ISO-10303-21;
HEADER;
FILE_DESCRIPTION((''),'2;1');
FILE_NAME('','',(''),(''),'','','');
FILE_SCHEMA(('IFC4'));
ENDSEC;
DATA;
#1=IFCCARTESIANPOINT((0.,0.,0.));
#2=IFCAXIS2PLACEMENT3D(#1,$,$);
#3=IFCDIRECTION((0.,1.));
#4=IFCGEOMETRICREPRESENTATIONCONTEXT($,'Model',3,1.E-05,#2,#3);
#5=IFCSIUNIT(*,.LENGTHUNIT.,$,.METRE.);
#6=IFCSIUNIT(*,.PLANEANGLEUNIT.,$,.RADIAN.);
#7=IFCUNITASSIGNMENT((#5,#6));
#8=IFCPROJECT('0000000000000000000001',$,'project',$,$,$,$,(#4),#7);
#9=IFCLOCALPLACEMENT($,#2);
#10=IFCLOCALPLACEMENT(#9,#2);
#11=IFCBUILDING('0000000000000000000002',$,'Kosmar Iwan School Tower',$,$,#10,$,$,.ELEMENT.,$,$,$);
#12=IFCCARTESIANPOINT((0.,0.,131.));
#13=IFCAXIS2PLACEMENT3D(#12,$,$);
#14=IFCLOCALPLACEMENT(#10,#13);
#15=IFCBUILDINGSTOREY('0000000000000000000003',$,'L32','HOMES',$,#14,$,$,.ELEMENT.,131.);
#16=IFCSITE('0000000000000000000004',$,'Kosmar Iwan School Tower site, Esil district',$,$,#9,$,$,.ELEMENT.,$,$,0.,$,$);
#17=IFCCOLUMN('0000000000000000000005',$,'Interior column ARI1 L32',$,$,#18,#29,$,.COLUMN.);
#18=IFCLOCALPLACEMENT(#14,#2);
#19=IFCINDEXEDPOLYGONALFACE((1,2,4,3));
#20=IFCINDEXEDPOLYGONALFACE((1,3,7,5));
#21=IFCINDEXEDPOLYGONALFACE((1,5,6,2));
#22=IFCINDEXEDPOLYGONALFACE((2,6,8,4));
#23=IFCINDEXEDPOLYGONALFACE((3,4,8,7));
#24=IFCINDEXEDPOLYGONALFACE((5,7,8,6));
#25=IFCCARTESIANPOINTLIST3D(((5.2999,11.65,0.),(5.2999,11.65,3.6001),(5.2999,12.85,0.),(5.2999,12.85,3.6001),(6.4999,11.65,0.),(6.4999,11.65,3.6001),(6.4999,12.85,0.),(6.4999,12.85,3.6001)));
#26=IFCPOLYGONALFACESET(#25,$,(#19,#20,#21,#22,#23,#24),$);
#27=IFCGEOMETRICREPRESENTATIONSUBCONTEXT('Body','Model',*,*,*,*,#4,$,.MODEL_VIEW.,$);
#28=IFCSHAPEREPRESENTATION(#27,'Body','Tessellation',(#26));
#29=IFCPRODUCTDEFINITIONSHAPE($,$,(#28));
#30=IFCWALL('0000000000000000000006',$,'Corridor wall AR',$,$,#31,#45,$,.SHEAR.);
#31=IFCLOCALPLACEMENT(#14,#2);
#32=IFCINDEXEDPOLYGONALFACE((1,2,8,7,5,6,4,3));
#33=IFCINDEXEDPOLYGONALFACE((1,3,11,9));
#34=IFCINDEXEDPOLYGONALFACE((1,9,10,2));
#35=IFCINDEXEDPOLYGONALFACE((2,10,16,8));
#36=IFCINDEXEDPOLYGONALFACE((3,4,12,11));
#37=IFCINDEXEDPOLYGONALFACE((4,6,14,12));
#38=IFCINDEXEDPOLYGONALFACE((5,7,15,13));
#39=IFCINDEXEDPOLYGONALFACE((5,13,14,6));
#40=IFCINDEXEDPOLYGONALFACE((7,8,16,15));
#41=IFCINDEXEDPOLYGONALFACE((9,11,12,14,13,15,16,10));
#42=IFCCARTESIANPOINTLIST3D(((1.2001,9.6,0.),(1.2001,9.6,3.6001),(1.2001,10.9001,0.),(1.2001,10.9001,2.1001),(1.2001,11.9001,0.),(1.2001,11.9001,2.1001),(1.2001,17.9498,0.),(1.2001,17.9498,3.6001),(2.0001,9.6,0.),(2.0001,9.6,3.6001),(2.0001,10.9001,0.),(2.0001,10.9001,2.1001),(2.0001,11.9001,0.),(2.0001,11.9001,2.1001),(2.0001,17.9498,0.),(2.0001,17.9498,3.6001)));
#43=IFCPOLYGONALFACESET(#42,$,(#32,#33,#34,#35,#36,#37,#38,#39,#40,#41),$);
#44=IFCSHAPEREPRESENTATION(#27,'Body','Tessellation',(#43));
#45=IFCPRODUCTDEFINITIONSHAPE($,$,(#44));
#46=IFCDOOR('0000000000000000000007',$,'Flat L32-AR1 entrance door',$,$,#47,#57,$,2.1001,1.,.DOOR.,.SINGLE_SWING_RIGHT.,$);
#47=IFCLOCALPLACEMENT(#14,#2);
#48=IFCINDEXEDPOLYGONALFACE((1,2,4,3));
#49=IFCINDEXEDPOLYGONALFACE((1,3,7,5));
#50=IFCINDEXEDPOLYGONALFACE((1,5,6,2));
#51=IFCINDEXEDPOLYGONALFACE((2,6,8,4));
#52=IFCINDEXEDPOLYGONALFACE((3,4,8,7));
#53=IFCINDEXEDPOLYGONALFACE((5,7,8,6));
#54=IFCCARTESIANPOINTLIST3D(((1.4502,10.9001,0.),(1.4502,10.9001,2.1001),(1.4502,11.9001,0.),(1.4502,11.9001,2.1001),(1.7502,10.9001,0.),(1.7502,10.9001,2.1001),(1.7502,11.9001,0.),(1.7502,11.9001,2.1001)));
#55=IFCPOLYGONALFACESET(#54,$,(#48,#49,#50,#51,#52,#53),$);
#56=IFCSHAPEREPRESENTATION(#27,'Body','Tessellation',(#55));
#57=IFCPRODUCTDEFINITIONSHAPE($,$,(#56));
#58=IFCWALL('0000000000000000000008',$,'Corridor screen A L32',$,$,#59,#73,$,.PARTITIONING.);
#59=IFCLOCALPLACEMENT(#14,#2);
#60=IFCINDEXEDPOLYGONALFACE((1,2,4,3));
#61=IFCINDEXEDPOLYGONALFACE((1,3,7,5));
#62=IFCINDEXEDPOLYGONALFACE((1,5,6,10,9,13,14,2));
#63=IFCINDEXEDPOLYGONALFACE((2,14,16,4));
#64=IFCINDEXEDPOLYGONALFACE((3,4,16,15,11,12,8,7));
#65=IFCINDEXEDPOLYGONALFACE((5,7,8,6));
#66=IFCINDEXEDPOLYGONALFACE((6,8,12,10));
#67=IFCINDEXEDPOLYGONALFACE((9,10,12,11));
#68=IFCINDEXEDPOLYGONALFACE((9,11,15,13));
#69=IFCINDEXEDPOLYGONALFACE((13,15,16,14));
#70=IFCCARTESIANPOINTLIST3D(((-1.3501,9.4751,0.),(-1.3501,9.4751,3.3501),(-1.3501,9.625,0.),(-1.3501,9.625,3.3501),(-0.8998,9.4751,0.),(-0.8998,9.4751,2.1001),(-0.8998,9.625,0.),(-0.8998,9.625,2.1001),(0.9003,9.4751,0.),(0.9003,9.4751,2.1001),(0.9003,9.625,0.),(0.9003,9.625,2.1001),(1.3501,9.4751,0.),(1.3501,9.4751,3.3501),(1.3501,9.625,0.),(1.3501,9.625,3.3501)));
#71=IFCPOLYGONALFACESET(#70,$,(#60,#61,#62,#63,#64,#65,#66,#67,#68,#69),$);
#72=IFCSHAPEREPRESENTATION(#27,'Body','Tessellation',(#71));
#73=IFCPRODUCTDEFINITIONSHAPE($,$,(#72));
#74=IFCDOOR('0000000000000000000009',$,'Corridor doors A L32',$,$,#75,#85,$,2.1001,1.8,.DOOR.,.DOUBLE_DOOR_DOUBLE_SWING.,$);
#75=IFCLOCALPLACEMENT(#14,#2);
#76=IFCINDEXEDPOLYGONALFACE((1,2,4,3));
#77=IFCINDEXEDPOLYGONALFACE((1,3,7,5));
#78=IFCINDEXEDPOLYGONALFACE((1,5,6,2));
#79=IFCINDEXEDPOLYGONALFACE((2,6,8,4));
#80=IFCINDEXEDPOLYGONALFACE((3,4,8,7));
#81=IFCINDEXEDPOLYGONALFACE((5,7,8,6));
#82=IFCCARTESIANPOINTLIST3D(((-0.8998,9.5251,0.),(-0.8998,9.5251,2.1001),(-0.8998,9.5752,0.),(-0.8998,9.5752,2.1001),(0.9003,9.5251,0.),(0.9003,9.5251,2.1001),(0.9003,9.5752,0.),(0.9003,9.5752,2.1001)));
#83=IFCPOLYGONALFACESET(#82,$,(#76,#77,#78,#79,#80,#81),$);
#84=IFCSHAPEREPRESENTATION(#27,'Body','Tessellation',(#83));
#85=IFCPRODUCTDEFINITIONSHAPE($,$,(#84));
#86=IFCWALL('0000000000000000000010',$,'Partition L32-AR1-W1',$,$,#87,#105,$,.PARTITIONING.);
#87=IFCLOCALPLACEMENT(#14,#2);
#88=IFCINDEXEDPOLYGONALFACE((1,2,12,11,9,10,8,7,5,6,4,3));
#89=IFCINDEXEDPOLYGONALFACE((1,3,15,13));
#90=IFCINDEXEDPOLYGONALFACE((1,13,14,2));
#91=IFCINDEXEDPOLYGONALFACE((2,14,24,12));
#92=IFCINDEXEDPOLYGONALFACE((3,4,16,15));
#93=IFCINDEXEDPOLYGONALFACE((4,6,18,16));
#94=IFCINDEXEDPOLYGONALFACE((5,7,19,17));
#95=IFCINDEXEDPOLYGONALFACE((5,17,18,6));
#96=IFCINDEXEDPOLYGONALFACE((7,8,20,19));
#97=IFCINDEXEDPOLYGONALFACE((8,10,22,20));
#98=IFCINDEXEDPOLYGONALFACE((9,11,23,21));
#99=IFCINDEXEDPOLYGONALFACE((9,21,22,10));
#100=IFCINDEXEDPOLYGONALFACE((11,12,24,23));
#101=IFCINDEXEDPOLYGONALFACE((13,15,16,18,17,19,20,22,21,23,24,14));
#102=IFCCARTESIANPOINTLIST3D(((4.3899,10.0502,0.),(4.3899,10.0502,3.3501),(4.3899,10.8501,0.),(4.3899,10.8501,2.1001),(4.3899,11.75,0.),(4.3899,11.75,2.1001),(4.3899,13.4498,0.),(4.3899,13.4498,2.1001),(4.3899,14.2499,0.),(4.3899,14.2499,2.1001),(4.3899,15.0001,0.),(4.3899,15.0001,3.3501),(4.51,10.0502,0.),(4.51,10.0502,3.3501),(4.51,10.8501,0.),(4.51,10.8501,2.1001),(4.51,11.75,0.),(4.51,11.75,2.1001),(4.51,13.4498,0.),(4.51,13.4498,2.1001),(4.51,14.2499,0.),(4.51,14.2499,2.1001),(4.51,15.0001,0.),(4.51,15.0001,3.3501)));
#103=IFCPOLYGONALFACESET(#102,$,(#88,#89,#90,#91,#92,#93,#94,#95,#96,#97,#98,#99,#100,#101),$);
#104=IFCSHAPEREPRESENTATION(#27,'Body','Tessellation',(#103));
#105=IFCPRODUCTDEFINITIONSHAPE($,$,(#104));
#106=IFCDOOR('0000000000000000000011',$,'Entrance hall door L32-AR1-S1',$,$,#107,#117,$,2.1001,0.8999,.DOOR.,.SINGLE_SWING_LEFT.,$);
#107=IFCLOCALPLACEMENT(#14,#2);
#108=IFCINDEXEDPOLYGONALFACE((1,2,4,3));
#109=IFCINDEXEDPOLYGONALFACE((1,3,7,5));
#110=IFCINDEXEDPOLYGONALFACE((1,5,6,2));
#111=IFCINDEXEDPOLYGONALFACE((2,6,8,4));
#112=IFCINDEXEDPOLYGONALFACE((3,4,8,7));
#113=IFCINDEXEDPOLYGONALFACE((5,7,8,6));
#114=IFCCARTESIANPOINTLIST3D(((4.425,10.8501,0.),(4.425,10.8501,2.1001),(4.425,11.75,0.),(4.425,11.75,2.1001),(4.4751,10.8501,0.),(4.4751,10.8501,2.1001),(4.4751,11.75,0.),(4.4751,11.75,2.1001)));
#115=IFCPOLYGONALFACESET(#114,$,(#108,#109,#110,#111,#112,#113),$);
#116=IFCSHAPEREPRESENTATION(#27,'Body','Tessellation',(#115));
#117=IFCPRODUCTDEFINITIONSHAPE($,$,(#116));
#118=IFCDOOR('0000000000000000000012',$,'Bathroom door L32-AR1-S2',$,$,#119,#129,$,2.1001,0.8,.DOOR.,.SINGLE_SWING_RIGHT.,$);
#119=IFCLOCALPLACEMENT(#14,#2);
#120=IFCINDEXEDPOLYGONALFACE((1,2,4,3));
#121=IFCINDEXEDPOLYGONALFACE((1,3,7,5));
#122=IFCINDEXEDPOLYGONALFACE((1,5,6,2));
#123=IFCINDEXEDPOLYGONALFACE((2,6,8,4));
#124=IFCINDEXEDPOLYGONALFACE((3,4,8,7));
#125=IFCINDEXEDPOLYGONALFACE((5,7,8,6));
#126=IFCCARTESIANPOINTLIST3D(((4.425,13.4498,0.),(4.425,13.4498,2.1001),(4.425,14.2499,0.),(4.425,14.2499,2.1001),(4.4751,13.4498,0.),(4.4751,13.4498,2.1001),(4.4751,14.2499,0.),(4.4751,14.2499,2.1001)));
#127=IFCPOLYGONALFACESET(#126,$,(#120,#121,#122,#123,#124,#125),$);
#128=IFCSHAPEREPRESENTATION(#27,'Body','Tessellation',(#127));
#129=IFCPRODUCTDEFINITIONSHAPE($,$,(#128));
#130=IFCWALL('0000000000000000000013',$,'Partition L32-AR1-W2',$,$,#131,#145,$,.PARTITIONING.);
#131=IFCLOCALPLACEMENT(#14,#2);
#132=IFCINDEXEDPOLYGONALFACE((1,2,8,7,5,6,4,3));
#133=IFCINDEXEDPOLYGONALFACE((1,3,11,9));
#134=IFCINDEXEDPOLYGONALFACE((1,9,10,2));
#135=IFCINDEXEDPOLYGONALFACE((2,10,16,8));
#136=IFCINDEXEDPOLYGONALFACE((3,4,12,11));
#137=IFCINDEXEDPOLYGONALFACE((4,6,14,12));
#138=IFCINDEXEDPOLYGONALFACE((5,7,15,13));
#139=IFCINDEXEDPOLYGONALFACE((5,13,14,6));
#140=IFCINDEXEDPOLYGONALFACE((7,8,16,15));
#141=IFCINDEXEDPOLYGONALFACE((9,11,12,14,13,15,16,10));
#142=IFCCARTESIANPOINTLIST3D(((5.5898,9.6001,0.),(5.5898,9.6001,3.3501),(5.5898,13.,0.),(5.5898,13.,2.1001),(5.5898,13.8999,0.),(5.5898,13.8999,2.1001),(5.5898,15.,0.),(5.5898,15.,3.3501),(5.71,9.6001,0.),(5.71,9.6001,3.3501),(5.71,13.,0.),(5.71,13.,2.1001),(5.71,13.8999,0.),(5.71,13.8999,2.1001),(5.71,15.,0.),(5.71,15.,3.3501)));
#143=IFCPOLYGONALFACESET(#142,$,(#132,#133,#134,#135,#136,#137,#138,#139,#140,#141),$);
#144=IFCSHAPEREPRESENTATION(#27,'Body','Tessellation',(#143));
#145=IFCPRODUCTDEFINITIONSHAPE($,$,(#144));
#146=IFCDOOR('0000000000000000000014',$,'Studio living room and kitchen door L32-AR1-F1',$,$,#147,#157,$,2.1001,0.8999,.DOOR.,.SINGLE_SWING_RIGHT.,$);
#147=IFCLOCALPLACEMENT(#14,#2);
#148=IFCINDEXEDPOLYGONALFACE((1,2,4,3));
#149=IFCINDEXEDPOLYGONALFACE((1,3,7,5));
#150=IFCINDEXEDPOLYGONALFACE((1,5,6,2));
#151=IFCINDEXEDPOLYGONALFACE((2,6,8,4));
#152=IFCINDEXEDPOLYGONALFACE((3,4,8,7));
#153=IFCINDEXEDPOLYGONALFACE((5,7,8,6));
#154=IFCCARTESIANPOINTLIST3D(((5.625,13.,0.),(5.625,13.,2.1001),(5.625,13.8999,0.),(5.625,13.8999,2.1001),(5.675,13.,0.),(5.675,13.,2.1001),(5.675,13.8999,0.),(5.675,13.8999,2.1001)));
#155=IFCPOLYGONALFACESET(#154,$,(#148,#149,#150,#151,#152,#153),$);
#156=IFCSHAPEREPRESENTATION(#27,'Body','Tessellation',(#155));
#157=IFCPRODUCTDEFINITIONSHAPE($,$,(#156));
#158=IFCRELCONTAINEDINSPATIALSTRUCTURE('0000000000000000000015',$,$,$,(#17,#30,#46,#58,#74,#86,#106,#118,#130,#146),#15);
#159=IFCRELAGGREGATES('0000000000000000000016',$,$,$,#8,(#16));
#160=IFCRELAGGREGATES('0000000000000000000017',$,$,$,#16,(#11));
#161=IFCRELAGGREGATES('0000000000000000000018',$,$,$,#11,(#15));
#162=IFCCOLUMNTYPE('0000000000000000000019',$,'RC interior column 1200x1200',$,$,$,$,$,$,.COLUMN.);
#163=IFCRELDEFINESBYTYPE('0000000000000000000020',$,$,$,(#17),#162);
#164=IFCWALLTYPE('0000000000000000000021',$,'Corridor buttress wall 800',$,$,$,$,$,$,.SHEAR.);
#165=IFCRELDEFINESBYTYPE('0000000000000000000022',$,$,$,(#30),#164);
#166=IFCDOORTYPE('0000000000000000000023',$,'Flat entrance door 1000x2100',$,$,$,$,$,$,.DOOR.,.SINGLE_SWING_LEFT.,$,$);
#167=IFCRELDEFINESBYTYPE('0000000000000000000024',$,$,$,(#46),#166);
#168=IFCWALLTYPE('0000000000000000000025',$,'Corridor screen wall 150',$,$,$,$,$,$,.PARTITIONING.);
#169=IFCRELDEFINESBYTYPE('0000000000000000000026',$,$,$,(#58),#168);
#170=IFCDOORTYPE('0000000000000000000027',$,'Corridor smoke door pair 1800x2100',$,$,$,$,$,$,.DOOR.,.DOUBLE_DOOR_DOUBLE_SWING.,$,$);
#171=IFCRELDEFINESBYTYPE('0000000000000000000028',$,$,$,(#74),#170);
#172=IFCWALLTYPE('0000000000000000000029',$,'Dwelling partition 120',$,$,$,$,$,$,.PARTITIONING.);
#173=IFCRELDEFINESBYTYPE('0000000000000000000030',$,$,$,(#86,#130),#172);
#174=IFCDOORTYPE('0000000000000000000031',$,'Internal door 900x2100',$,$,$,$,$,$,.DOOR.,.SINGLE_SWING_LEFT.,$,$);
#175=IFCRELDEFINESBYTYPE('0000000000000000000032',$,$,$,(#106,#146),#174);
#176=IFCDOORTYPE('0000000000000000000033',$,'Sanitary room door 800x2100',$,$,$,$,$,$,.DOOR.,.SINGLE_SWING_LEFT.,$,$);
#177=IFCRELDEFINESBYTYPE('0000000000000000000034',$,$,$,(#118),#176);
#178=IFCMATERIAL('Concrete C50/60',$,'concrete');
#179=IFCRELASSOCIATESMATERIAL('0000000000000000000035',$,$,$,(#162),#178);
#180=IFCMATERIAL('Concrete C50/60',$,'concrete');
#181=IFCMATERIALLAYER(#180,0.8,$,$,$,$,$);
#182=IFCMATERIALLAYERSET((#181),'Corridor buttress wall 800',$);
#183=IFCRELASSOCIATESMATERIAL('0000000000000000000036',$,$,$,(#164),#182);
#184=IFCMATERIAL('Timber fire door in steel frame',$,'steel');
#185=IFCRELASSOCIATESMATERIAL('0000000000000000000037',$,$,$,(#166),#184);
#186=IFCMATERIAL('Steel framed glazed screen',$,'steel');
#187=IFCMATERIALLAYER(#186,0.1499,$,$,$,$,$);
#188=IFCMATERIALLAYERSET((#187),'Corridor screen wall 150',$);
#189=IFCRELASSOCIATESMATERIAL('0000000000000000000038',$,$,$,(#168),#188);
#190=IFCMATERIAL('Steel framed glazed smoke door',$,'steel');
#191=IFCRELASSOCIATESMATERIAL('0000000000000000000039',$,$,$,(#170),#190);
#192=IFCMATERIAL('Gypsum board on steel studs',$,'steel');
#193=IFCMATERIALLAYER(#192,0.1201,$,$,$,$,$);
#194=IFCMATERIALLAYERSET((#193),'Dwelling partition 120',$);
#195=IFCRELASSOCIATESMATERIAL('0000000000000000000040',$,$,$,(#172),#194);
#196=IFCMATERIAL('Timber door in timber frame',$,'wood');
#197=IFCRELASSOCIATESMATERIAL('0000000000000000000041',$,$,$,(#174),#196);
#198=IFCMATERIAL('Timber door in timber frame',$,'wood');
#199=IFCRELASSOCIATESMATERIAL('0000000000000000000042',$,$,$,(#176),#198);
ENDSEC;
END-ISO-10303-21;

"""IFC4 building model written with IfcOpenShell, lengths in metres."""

from ifc_helpers import new_model, si_unit, direction, frame, frame_2d, origin, origin_2d, place, context, subcontext, project, spatial, rectangle, extrude, material, layer, layer_set, material_profile, profile_set, type_object, element, fill, save


model = new_model("IFC4")

# Units and contexts
model_context = context("Model", 3, precision=1e-05, world=origin(), true_north=direction((0.0, 1.0)))
body_context = subcontext(model_context, "Body", "Model", "MODEL_VIEW")
ifc_project = project(units=[si_unit("LENGTHUNIT", "METRE"), si_unit("PLANEANGLEUNIT", "RADIAN")], contexts=[model_context])

# Site, building, storey
site_placement = place(None, origin())
site = spatial("IfcSite", under=ifc_project, at=site_placement, Name="Kosmar Iwan School Tower site, Esil district", CompositionType="ELEMENT", RefElevation=0.0)
building_placement = place(site_placement, origin())
building = spatial("IfcBuilding", under=site, at=building_placement, Name="Kosmar Iwan School Tower", CompositionType="ELEMENT")
storey_placement = place(building_placement, frame((0.0, 0.0, 131.0)))
storey = spatial("IfcBuildingStorey", under=building, at=storey_placement, Name="L32", Description="HOMES", CompositionType="ELEMENT", Elevation=131.0)

# Column
ifc_material_1 = material(Name="Concrete C50/60", Category="concrete")
ifc_material_profile = material_profile(ifc_material_1, rectangle(XDim=1.2, YDim=1.2, at=origin_2d()), Name="RC 1200x1200")
ifc_profile_set = profile_set([ifc_material_profile], Name="Concrete C50/60")
column_type = type_object("IfcColumnType", Name="RC interior column 1200x1200", PredefinedType="COLUMN", material=ifc_profile_set)
column_placement = place(storey_placement, frame((5.8999, 12.25, 0.0), z_axis=(0.0, 0.0, 1.0), x_axis=(0.0, 1.0, 0.0)))
element("IfcColumn", 1, at=column_placement, inside=storey, type_object=column_type, Name="Interior column ARI1 L32", PredefinedType="COLUMN", context=body_context, shape_type="SweptSolid", body=[
    extrude(rectangle(XDim=1.2, YDim=1.2, at=origin_2d()), origin(), (0.0, 0.0, 1.0), 3.6001),
])

# Walls, openings, doors
ifc_material_2 = material(Name="Concrete C50/60", Category="concrete")
ifc_layer_1 = layer(ifc_material_2, 0.8)
ifc_layer_set_1 = layer_set([ifc_layer_1], Name="Corridor buttress wall 800")
wall_type_1 = type_object("IfcWallType", Name="Corridor buttress wall 800", PredefinedType="SHEAR", material=ifc_layer_set_1)
wall_1_placement = place(storey_placement, frame((1.6001, 9.6001, 0.0), z_axis=(0.0, 0.0, 1.0), x_axis=(0.0, 1.0, 0.0)))
wall_1 = element("IfcWall", 2, at=wall_1_placement, inside=storey, type_object=wall_type_1, Name="Corridor wall AR", PredefinedType="SHEAR", context=body_context, shape_type="SweptSolid", body=[
    extrude(rectangle(XDim=8.3499, YDim=0.8, at=frame_2d((4.1748, 0.0))), origin(), (0.0, 0.0, 1.0), 3.6001),
])
opening_1_placement = place(wall_1_placement, frame((1.3, 0.0, 0.0)))
opening_1 = element("IfcOpeningElement", 3, at=opening_1_placement, cuts=wall_1, PredefinedType="OPENING", context=body_context, shape_type="SweptSolid", body=[
    extrude(rectangle(XDim=1.0, YDim=2.1001, at=frame_2d((0.5, 1.05))), frame((0.0, 0.4121, 0.0), z_axis=(0.0, -1.0, 0.0), x_axis=(1.0, 0.0, 0.0)), (0.0, 0.0, 1.0), 0.824),
])
ifc_material_3 = material(Name="Timber fire door in steel frame", Category="steel")
door_type_1 = type_object("IfcDoorType", Name="Flat entrance door 1000x2100", OperationType="SINGLE_SWING_LEFT", PredefinedType="DOOR", material=ifc_material_3)
door_1_placement = place(opening_1_placement, origin())
door_1 = element("IfcDoor", 4, at=door_1_placement, inside=storey, type_object=door_type_1, Name="Flat L32-AR1 entrance door", OperationType="SINGLE_SWING_RIGHT", OverallHeight=2.1001, OverallWidth=1.0, PredefinedType="DOOR", context=body_context, shape_type="SweptSolid", body=[
    extrude(rectangle(XDim=1.0, YDim=2.1001, at=frame_2d((0.5, 1.05))), frame((0.0, 0.1499, 0.0), z_axis=(0.0, -1.0, 0.0), x_axis=(1.0, 0.0, 0.0)), (0.0, 0.0, 1.0), 0.3),
])
fill(opening_1, door_1)
ifc_material_4 = material(Name="Steel framed glazed screen", Category="steel")
ifc_layer_2 = layer(ifc_material_4, 0.1499)
ifc_layer_set_2 = layer_set([ifc_layer_2], Name="Corridor screen wall 150")
wall_type_2 = type_object("IfcWallType", Name="Corridor screen wall 150", PredefinedType="PARTITIONING", material=ifc_layer_set_2)
wall_2_placement = place(storey_placement, frame((1.3501, 9.55, 0.0), z_axis=(0.0, 0.0, 1.0), x_axis=(-1.0, 0.0, 0.0)))
wall_2 = element("IfcWall", 5, at=wall_2_placement, inside=storey, type_object=wall_type_2, Name="Corridor screen A L32", PredefinedType="PARTITIONING", context=body_context, shape_type="SweptSolid", body=[
    extrude(rectangle(XDim=2.7002, YDim=0.1499, at=frame_2d((1.3501, 0.0))), origin(), (0.0, 0.0, 1.0), 3.3501),
])
opening_2_placement = place(wall_2_placement, frame((0.45, 0.0, 0.0)))
opening_2 = element("IfcOpeningElement", 6, at=opening_2_placement, cuts=wall_2, PredefinedType="OPENING", context=body_context, shape_type="SweptSolid", body=[
    extrude(rectangle(XDim=1.8, YDim=2.1001, at=frame_2d((0.8999, 1.05))), frame((0.0, 0.0869, 0.0), z_axis=(0.0, -1.0, 0.0), x_axis=(1.0, 0.0, 0.0)), (0.0, 0.0, 1.0), 0.1738),
])
ifc_material_5 = material(Name="Steel framed glazed smoke door", Category="steel")
door_type_2 = type_object("IfcDoorType", Name="Corridor smoke door pair 1800x2100", OperationType="DOUBLE_DOOR_DOUBLE_SWING", PredefinedType="DOOR", material=ifc_material_5)
door_2_placement = place(opening_2_placement, origin())
door_2 = element("IfcDoor", 7, at=door_2_placement, inside=storey, type_object=door_type_2, Name="Corridor doors A L32", OperationType="DOUBLE_DOOR_DOUBLE_SWING", OverallHeight=2.1001, OverallWidth=1.8, PredefinedType="DOOR", context=body_context, shape_type="SweptSolid", body=[
    extrude(rectangle(XDim=1.8, YDim=2.1001, at=frame_2d((0.8999, 1.05))), frame((0.0, 0.0249, 0.0), z_axis=(0.0, -1.0, 0.0), x_axis=(1.0, 0.0, 0.0)), (0.0, 0.0, 1.0), 0.05),
])
fill(opening_2, door_2)

# Wall, openings, doors
ifc_material_6 = material(Name="Gypsum board on steel studs", Category="steel")
ifc_layer_3 = layer(ifc_material_6, 0.1201)
ifc_layer_set_3 = layer_set([ifc_layer_3], Name="Dwelling partition 120")
wall_type_3 = type_object("IfcWallType", Name="Dwelling partition 120", PredefinedType="PARTITIONING", material=ifc_layer_set_3)
wall_3_placement = place(storey_placement, frame((4.45, 10.05, 0.0), z_axis=(0.0, 0.0, 1.0), x_axis=(0.0, 1.0, 0.0)))
wall_3 = element("IfcWall", 8, at=wall_3_placement, inside=storey, type_object=wall_type_3, Name="Partition L32-AR1-W1", PredefinedType="PARTITIONING", context=body_context, shape_type="SweptSolid", body=[
    extrude(rectangle(XDim=4.95, YDim=0.1201, at=frame_2d((2.4751, 0.0))), origin(), (0.0, 0.0, 1.0), 3.3501),
])
opening_3_placement = place(wall_3_placement, frame((0.8, 0.0, 0.0)))
opening_3 = element("IfcOpeningElement", 9, at=opening_3_placement, cuts=wall_3, PredefinedType="OPENING", context=body_context, shape_type="SweptSolid", body=[
    extrude(rectangle(XDim=0.8999, YDim=2.1001, at=frame_2d((0.45, 1.05))), frame((0.0, 0.072, 0.0), z_axis=(0.0, -1.0, 0.0), x_axis=(1.0, 0.0, 0.0)), (0.0, 0.0, 1.0), 0.144),
])
opening_4_placement = place(wall_3_placement, frame((3.3999, 0.0, 0.0)))
opening_4 = element("IfcOpeningElement", 10, at=opening_4_placement, cuts=wall_3, PredefinedType="OPENING", context=body_context, shape_type="SweptSolid", body=[
    extrude(rectangle(XDim=0.8, YDim=2.1001, at=frame_2d((0.3999, 1.05))), frame((0.0, 0.072, 0.0), z_axis=(0.0, -1.0, 0.0), x_axis=(1.0, 0.0, 0.0)), (0.0, 0.0, 1.0), 0.144),
])
ifc_material_7 = material(Name="Timber door in timber frame", Category="wood")
door_type_3 = type_object("IfcDoorType", Name="Internal door 900x2100", OperationType="SINGLE_SWING_LEFT", PredefinedType="DOOR", material=ifc_material_7)
door_3_placement = place(opening_3_placement, origin())
door_3 = element("IfcDoor", 11, at=door_3_placement, inside=storey, type_object=door_type_3, Name="Entrance hall door L32-AR1-S1", OperationType="SINGLE_SWING_LEFT", OverallHeight=2.1001, OverallWidth=0.8999, PredefinedType="DOOR", context=body_context, shape_type="SweptSolid", body=[
    extrude(rectangle(XDim=0.8999, YDim=2.1001, at=frame_2d((0.45, 1.05))), frame((0.0, 0.0249, 0.0), z_axis=(0.0, -1.0, 0.0), x_axis=(1.0, 0.0, 0.0)), (0.0, 0.0, 1.0), 0.05),
])
fill(opening_3, door_3)
ifc_material_8 = material(Name="Timber door in timber frame", Category="wood")
door_type_4 = type_object("IfcDoorType", Name="Sanitary room door 800x2100", OperationType="SINGLE_SWING_LEFT", PredefinedType="DOOR", material=ifc_material_8)
door_4_placement = place(opening_4_placement, origin())
door_4 = element("IfcDoor", 12, at=door_4_placement, inside=storey, type_object=door_type_4, Name="Bathroom door L32-AR1-S2", OperationType="SINGLE_SWING_RIGHT", OverallHeight=2.1001, OverallWidth=0.8, PredefinedType="DOOR", context=body_context, shape_type="SweptSolid", body=[
    extrude(rectangle(XDim=0.8, YDim=2.1001, at=frame_2d((0.3999, 1.05))), frame((0.0, 0.0249, 0.0), z_axis=(0.0, -1.0, 0.0), x_axis=(1.0, 0.0, 0.0)), (0.0, 0.0, 1.0), 0.05),
])
fill(opening_4, door_4)

# Wall, opening, door
wall_4_placement = place(storey_placement, frame((5.6499, 9.6001, 0.0), z_axis=(0.0, 0.0, 1.0), x_axis=(0.0, 1.0, 0.0)))
wall_4 = element("IfcWall", 13, at=wall_4_placement, inside=storey, type_object=wall_type_3, Name="Partition L32-AR1-W2", PredefinedType="PARTITIONING", context=body_context, shape_type="SweptSolid", body=[
    extrude(rectangle(XDim=5.3999, YDim=0.1201, at=frame_2d((2.7, 0.0))), origin(), (0.0, 0.0, 1.0), 3.3501),
])
opening_5_placement = place(wall_4_placement, frame((3.3999, 0.0, 0.0)))
opening_5 = element("IfcOpeningElement", 14, at=opening_5_placement, cuts=wall_4, PredefinedType="OPENING", context=body_context, shape_type="SweptSolid", body=[
    extrude(rectangle(XDim=0.8999, YDim=2.1001, at=frame_2d((0.45, 1.05))), frame((0.0, 0.072, 0.0), z_axis=(0.0, -1.0, 0.0), x_axis=(1.0, 0.0, 0.0)), (0.0, 0.0, 1.0), 0.144),
])
door_5_placement = place(opening_5_placement, origin())
door_5 = element("IfcDoor", 15, at=door_5_placement, inside=storey, type_object=door_type_3, Name="Studio living room and kitchen door L32-AR1-F1", OperationType="SINGLE_SWING_RIGHT", OverallHeight=2.1001, OverallWidth=0.8999, PredefinedType="DOOR", context=body_context, shape_type="SweptSolid", body=[
    extrude(rectangle(XDim=0.8999, YDim=2.1001, at=frame_2d((0.45, 1.05))), frame((0.0, 0.0249, 0.0), z_axis=(0.0, -1.0, 0.0), x_axis=(1.0, 0.0, 0.0)), (0.0, 0.0, 1.0), 0.05),
])
fill(opening_5, door_5)

save(model, "model.ifc")
